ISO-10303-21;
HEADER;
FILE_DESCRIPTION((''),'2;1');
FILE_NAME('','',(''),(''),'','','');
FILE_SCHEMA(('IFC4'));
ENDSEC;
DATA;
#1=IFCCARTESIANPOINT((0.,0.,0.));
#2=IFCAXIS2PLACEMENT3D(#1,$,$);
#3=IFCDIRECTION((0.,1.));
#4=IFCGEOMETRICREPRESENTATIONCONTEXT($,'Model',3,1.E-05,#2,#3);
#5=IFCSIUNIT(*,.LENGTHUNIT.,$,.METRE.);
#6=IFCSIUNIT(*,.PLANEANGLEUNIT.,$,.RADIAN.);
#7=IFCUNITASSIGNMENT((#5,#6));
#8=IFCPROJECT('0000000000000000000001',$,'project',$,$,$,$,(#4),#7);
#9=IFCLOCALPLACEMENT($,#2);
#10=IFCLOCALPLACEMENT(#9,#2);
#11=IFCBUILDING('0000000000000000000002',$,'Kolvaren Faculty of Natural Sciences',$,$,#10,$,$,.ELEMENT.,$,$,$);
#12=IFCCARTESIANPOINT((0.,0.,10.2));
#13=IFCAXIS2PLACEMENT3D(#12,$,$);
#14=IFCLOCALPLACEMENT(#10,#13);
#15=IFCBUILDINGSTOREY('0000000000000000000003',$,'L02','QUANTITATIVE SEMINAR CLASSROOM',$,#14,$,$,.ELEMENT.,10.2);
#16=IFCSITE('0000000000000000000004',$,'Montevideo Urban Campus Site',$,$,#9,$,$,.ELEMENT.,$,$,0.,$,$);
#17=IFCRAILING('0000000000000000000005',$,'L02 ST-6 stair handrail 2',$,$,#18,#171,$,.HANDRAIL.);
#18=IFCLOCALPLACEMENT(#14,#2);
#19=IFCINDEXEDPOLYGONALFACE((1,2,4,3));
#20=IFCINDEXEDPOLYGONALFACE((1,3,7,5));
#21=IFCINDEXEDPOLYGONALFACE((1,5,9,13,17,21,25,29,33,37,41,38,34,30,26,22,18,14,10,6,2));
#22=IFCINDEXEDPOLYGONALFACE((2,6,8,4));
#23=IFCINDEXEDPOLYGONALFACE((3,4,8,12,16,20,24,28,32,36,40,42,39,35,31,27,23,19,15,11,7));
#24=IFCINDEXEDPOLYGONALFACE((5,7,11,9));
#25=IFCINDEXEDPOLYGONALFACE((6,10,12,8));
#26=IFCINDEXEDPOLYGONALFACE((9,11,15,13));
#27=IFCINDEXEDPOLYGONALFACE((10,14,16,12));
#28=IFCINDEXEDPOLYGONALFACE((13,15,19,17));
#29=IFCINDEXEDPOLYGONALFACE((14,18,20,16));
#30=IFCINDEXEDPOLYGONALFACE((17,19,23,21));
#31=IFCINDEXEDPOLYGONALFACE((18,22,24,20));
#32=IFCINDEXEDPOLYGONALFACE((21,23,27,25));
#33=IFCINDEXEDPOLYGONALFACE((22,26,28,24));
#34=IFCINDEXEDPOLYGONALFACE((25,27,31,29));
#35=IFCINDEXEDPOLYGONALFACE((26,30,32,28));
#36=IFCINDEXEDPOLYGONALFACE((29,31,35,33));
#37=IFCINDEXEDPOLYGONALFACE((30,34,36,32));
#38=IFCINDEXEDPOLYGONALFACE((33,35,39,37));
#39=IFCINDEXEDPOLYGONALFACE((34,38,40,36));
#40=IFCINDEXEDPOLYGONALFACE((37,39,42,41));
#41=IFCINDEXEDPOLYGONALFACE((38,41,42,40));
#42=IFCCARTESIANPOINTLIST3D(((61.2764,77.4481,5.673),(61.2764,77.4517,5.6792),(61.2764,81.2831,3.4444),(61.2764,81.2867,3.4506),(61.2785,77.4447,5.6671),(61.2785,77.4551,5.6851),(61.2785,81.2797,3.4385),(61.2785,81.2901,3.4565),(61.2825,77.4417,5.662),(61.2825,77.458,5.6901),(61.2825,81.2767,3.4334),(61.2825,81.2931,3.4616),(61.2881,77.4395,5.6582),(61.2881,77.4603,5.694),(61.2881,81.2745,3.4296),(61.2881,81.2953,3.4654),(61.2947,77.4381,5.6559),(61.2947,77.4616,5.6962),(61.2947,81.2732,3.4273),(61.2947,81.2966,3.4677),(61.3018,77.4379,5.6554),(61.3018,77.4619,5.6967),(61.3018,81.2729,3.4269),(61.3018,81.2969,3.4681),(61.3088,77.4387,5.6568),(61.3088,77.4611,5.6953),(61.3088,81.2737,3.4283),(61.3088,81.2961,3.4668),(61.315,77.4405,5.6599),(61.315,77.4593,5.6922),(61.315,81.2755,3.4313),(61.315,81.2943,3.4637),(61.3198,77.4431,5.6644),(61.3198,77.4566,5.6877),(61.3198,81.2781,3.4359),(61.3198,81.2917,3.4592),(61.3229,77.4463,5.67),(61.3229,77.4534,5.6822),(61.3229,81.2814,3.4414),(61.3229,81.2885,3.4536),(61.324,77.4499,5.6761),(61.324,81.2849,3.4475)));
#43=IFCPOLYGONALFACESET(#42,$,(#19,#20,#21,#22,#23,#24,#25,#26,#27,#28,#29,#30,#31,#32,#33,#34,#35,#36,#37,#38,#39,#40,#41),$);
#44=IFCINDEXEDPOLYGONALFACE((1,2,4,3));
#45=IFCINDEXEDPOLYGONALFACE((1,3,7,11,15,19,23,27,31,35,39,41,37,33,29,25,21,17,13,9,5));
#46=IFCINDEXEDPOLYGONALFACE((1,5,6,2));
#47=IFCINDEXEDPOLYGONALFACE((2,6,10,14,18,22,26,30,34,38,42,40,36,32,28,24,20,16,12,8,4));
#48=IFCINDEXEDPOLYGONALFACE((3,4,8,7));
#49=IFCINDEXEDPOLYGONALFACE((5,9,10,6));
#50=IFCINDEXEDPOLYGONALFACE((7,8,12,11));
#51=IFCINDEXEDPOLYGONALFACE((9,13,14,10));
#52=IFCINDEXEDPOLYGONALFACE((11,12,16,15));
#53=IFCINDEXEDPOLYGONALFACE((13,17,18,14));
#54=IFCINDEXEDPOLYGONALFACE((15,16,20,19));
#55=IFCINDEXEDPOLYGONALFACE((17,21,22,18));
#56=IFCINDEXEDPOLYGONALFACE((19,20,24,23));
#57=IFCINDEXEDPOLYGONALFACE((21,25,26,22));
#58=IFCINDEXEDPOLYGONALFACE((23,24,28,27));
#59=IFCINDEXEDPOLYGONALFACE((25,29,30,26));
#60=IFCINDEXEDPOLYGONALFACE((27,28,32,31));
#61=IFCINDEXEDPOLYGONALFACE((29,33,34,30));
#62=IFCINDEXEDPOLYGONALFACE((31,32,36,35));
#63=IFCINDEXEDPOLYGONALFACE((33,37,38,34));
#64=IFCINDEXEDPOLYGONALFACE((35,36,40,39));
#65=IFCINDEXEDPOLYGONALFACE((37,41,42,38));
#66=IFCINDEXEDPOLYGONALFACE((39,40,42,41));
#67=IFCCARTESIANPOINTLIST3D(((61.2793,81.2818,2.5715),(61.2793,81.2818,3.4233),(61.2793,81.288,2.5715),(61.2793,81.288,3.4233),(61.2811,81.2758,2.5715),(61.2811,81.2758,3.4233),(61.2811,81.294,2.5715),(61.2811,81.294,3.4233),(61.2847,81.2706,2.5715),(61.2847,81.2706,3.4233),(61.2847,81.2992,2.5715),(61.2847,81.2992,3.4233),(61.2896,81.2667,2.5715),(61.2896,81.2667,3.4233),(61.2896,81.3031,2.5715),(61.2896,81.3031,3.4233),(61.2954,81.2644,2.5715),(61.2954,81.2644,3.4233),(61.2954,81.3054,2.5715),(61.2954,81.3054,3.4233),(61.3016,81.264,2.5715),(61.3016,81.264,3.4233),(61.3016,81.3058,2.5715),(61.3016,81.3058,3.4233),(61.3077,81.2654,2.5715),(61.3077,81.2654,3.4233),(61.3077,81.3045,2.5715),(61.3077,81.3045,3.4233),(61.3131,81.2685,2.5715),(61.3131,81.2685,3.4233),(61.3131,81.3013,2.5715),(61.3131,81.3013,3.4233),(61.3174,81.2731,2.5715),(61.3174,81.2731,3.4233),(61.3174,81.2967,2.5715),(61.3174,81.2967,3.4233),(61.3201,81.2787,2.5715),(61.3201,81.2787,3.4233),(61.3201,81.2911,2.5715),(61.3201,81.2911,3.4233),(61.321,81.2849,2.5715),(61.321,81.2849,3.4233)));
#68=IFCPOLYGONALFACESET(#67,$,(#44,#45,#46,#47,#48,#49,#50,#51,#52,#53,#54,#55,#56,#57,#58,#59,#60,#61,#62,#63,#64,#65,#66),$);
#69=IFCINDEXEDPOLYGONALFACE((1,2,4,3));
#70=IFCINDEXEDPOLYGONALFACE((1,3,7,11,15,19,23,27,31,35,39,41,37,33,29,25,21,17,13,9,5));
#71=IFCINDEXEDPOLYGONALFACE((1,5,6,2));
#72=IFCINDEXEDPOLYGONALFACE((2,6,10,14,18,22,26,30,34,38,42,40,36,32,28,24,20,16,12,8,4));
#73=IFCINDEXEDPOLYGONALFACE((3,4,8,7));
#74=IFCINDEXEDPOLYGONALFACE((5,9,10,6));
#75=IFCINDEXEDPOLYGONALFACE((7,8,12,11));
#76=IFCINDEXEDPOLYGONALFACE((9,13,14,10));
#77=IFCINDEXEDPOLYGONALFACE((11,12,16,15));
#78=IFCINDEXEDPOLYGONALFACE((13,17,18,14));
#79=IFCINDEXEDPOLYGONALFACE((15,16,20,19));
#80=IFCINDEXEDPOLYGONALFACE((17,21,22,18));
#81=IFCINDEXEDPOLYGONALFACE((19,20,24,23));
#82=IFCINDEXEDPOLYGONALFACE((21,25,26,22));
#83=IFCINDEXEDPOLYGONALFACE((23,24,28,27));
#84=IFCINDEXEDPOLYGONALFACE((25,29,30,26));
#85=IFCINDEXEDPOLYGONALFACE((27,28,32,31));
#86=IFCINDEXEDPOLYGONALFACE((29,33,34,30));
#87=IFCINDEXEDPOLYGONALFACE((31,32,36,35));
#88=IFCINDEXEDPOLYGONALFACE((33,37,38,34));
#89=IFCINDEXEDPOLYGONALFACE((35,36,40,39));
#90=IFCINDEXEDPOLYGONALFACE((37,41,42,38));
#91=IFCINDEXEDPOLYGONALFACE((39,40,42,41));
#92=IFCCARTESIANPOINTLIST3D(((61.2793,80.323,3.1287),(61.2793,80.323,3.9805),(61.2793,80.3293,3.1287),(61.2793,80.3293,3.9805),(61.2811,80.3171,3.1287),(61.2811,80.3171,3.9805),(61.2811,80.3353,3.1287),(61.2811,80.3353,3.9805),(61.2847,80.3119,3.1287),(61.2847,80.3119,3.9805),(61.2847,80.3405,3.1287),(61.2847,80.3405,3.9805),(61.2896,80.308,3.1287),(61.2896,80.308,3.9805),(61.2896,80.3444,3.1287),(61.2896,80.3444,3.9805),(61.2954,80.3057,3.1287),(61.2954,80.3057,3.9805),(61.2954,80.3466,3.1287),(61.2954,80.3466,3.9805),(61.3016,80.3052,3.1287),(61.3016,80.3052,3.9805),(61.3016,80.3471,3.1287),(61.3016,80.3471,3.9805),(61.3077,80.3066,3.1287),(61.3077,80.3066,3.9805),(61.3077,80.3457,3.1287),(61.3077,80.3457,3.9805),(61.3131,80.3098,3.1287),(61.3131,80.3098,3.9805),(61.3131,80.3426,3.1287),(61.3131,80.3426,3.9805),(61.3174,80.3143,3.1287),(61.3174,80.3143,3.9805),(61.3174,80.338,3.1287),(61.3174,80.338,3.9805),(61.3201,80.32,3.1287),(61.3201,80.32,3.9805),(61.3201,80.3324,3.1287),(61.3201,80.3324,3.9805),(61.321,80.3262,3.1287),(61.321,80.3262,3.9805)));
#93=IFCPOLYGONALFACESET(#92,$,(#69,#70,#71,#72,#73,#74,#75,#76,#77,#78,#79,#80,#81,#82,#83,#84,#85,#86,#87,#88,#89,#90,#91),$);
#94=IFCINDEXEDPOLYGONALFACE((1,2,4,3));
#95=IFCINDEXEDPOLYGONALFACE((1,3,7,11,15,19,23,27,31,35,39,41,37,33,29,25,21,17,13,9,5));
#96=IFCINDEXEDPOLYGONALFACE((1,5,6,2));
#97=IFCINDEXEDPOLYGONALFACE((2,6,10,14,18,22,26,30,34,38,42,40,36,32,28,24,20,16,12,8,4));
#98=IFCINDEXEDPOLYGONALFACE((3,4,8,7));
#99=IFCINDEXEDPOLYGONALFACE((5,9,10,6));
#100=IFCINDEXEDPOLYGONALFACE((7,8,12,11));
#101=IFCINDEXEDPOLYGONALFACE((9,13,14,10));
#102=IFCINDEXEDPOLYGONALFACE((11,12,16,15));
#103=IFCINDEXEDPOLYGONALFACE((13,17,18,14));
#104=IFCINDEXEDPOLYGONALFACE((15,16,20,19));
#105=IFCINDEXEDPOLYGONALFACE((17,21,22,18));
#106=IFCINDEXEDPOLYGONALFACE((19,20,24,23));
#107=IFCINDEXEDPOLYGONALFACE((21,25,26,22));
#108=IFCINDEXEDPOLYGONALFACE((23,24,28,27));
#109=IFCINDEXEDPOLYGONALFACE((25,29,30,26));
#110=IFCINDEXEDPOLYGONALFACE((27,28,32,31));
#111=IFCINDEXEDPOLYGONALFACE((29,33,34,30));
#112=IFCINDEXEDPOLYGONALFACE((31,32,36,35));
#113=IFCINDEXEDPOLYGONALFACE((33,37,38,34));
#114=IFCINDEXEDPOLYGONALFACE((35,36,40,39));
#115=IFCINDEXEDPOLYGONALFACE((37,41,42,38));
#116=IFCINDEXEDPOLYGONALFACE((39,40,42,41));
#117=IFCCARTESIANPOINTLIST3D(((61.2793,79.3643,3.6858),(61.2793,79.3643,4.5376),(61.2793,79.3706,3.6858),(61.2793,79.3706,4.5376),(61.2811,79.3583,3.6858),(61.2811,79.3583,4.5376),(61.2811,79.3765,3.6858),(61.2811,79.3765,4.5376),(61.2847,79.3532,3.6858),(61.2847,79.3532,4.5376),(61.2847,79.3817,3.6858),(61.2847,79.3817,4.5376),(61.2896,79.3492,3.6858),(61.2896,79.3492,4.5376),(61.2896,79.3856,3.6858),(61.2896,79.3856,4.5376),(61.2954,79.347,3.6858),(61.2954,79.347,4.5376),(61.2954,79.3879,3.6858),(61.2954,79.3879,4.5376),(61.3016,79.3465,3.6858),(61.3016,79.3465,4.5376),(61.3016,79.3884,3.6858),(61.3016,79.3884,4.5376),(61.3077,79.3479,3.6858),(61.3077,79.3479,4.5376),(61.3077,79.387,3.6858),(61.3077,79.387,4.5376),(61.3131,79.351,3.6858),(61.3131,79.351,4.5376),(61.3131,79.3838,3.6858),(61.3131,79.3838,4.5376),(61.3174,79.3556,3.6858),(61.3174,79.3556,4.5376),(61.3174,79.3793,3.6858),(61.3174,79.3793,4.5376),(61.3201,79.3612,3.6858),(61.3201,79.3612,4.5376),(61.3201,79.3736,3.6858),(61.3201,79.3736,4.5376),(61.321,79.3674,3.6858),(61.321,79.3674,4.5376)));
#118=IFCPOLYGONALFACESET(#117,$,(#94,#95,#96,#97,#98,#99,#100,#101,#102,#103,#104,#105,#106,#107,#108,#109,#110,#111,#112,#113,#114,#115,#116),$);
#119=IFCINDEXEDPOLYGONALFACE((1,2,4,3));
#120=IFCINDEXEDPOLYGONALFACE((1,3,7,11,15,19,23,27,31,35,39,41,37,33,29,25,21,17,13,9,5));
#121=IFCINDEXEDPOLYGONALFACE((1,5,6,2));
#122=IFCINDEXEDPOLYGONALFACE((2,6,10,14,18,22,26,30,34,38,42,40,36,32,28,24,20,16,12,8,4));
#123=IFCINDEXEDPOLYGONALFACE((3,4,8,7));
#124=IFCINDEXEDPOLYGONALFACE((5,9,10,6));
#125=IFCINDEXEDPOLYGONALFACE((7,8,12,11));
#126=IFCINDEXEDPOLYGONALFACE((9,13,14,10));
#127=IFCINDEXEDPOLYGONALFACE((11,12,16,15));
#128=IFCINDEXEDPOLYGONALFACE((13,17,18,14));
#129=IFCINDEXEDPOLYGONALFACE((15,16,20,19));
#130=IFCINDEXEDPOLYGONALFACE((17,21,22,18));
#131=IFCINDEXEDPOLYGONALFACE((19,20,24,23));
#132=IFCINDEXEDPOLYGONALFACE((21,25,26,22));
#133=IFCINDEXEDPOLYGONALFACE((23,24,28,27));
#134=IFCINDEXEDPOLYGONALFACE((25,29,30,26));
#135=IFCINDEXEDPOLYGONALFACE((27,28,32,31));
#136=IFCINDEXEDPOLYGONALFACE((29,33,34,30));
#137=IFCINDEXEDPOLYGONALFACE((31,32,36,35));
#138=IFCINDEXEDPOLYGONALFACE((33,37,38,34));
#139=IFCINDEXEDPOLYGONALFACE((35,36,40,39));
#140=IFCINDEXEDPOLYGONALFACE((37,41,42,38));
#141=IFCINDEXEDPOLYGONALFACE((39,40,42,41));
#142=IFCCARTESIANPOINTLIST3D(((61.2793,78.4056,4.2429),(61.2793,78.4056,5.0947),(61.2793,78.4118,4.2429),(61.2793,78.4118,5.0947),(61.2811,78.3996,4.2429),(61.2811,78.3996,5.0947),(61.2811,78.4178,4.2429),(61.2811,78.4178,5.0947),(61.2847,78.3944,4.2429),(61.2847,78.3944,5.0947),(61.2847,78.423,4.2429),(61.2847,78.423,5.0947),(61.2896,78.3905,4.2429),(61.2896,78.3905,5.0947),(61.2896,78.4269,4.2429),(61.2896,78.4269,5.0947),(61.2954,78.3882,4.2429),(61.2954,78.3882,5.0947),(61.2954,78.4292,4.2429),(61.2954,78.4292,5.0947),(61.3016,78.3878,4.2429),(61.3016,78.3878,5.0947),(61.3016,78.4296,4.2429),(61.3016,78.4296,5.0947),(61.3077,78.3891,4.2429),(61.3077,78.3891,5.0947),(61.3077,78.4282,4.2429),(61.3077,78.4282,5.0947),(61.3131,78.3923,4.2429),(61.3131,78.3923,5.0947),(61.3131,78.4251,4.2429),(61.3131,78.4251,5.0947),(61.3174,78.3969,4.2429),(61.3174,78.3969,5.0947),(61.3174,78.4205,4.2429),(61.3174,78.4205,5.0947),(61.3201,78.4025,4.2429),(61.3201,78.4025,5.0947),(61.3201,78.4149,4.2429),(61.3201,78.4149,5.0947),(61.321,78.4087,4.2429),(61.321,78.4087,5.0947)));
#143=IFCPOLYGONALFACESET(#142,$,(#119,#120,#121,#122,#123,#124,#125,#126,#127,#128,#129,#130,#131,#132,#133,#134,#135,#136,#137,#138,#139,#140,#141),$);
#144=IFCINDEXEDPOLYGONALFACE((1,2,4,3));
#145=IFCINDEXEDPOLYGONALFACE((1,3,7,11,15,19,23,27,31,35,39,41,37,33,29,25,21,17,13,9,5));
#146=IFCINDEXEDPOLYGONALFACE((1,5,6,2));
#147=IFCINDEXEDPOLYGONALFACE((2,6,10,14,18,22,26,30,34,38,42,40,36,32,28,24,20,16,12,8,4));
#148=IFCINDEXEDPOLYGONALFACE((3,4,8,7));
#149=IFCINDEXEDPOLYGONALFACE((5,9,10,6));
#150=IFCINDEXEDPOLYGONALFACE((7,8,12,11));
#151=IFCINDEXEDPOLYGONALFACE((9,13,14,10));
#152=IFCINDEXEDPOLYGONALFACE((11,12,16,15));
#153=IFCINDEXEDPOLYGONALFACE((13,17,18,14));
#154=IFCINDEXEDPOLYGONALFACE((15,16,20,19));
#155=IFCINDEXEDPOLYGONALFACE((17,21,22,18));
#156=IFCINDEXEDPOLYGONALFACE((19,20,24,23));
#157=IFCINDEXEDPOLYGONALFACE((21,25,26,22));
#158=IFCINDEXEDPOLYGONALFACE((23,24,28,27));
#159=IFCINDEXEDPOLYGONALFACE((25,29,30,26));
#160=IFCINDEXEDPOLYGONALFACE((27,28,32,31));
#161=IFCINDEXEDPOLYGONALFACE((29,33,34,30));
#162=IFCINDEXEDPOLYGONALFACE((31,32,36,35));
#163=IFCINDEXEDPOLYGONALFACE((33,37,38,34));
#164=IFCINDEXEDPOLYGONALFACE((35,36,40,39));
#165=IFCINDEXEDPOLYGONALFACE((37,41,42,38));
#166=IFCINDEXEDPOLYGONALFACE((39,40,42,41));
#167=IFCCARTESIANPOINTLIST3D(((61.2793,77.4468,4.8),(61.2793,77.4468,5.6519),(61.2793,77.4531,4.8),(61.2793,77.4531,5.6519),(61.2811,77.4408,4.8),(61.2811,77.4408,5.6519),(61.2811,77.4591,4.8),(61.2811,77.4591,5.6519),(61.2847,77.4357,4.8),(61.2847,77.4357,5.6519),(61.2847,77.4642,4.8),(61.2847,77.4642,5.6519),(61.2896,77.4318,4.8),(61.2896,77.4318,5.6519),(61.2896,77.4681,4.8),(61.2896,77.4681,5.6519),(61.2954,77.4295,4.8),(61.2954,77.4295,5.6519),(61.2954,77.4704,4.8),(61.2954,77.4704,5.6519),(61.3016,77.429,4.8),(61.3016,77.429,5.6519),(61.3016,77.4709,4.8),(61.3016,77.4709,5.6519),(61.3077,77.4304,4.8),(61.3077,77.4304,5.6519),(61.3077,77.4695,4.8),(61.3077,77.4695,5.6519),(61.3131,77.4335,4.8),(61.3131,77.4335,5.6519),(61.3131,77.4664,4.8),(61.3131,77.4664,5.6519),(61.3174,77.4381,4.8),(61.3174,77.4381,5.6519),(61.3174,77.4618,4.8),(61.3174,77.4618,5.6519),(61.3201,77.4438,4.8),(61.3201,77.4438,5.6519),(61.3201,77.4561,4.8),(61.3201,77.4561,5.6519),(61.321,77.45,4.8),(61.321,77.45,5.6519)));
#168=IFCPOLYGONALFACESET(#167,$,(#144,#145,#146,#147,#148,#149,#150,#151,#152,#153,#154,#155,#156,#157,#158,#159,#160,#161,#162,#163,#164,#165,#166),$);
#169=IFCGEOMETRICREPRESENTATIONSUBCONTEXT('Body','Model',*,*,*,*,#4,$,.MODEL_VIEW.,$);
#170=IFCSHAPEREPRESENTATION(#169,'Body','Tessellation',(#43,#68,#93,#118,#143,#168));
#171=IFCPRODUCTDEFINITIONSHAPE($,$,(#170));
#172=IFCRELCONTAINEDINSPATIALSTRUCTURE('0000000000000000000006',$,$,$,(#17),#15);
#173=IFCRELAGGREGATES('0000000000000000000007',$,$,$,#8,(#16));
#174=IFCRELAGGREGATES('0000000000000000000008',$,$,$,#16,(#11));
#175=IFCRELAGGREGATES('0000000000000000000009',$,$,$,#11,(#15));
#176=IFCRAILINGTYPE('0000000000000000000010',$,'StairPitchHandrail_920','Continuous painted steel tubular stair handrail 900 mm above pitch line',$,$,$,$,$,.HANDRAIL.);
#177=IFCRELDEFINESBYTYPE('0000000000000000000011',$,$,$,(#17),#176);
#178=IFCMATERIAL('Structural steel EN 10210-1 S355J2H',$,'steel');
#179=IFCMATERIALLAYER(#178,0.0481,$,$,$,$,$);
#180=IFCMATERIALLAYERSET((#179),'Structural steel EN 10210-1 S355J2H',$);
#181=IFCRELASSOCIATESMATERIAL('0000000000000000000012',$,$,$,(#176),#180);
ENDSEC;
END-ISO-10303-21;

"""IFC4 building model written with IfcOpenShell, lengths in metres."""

from ifc_helpers import new_model, si_unit, direction, frame, origin, origin_2d, place, context, subcontext, project, spatial, circle, extrude, material, layer, layer_set, type_object, element, save


model = new_model("IFC4")

# Units and contexts
model_context = context("Model", 3, precision=1e-05, world=origin(), true_north=direction((0.0, 1.0)))
body_context = subcontext(model_context, "Body", "Model", "MODEL_VIEW")
ifc_project = project(units=[si_unit("LENGTHUNIT", "METRE"), si_unit("PLANEANGLEUNIT", "RADIAN")], contexts=[model_context])

# Site, building, storey
site_placement = place(None, origin())
site = spatial("IfcSite", under=ifc_project, at=site_placement, Name="Montevideo Urban Campus Site", CompositionType="ELEMENT", RefElevation=0.0)
building_placement = place(site_placement, origin())
building = spatial("IfcBuilding", under=site, at=building_placement, Name="Kolvaren Faculty of Natural Sciences", CompositionType="ELEMENT")
storey_placement = place(building_placement, frame((0.0, 0.0, 10.2)))
storey = spatial("IfcBuildingStorey", under=building, at=storey_placement, Name="L02", Description="QUANTITATIVE SEMINAR CLASSROOM", CompositionType="ELEMENT", Elevation=10.2)

# Railing
ifc_material_1 = material(Name="Structural steel EN 10210-1 S355J2H", Category="steel")
ifc_layer_1 = layer(ifc_material_1, 0.0481)
ifc_layer_set_1 = layer_set([ifc_layer_1], Name="Structural steel EN 10210-1 S355J2H")
railing_type_1 = type_object("IfcRailingType", Name="StairPitchHandrail_920", Description="Continuous painted steel tubular stair handrail 900 mm above pitch line", PredefinedType="HANDRAIL", material=ifc_layer_set_1)
railing_1_placement = place(storey_placement, frame((61.3, 81.2849, 2.5715)))
element("IfcRailing", 1, at=railing_1_placement, inside=storey, type_object=railing_type_1, Name="L02 ST-6 stair handrail 2", PredefinedType="HANDRAIL", context=body_context, shape_type="SweptSolid", body=[
    extrude(circle(Radius=0.0239, at=origin_2d()), frame((0.0, 0.0, 0.876), z_axis=(0.0, -0.864616, 0.502433), x_axis=(1.0, 0.0, 0.0)), (0.0, 0.0, 1.0), 4.4355),
    extrude(circle(Radius=0.021, at=origin_2d()), origin(), (0.0, 0.0, 1.0), 0.8518),
    extrude(circle(Radius=0.021, at=origin_2d()), frame((0.0, -0.9587, 0.5571)), (0.0, 0.0, 1.0), 0.8518),
    extrude(circle(Radius=0.021, at=origin_2d()), frame((0.0, -1.9175, 1.1143)), (0.0, 0.0, 1.0), 0.8518),
    extrude(circle(Radius=0.021, at=origin_2d()), frame((0.0, -2.8762, 1.6714)), (0.0, 0.0, 1.0), 0.8518),
    extrude(circle(Radius=0.021, at=origin_2d()), frame((0.0, -3.835, 2.2285)), (0.0, 0.0, 1.0), 0.8518),
])

save(model, "model.ifc")
